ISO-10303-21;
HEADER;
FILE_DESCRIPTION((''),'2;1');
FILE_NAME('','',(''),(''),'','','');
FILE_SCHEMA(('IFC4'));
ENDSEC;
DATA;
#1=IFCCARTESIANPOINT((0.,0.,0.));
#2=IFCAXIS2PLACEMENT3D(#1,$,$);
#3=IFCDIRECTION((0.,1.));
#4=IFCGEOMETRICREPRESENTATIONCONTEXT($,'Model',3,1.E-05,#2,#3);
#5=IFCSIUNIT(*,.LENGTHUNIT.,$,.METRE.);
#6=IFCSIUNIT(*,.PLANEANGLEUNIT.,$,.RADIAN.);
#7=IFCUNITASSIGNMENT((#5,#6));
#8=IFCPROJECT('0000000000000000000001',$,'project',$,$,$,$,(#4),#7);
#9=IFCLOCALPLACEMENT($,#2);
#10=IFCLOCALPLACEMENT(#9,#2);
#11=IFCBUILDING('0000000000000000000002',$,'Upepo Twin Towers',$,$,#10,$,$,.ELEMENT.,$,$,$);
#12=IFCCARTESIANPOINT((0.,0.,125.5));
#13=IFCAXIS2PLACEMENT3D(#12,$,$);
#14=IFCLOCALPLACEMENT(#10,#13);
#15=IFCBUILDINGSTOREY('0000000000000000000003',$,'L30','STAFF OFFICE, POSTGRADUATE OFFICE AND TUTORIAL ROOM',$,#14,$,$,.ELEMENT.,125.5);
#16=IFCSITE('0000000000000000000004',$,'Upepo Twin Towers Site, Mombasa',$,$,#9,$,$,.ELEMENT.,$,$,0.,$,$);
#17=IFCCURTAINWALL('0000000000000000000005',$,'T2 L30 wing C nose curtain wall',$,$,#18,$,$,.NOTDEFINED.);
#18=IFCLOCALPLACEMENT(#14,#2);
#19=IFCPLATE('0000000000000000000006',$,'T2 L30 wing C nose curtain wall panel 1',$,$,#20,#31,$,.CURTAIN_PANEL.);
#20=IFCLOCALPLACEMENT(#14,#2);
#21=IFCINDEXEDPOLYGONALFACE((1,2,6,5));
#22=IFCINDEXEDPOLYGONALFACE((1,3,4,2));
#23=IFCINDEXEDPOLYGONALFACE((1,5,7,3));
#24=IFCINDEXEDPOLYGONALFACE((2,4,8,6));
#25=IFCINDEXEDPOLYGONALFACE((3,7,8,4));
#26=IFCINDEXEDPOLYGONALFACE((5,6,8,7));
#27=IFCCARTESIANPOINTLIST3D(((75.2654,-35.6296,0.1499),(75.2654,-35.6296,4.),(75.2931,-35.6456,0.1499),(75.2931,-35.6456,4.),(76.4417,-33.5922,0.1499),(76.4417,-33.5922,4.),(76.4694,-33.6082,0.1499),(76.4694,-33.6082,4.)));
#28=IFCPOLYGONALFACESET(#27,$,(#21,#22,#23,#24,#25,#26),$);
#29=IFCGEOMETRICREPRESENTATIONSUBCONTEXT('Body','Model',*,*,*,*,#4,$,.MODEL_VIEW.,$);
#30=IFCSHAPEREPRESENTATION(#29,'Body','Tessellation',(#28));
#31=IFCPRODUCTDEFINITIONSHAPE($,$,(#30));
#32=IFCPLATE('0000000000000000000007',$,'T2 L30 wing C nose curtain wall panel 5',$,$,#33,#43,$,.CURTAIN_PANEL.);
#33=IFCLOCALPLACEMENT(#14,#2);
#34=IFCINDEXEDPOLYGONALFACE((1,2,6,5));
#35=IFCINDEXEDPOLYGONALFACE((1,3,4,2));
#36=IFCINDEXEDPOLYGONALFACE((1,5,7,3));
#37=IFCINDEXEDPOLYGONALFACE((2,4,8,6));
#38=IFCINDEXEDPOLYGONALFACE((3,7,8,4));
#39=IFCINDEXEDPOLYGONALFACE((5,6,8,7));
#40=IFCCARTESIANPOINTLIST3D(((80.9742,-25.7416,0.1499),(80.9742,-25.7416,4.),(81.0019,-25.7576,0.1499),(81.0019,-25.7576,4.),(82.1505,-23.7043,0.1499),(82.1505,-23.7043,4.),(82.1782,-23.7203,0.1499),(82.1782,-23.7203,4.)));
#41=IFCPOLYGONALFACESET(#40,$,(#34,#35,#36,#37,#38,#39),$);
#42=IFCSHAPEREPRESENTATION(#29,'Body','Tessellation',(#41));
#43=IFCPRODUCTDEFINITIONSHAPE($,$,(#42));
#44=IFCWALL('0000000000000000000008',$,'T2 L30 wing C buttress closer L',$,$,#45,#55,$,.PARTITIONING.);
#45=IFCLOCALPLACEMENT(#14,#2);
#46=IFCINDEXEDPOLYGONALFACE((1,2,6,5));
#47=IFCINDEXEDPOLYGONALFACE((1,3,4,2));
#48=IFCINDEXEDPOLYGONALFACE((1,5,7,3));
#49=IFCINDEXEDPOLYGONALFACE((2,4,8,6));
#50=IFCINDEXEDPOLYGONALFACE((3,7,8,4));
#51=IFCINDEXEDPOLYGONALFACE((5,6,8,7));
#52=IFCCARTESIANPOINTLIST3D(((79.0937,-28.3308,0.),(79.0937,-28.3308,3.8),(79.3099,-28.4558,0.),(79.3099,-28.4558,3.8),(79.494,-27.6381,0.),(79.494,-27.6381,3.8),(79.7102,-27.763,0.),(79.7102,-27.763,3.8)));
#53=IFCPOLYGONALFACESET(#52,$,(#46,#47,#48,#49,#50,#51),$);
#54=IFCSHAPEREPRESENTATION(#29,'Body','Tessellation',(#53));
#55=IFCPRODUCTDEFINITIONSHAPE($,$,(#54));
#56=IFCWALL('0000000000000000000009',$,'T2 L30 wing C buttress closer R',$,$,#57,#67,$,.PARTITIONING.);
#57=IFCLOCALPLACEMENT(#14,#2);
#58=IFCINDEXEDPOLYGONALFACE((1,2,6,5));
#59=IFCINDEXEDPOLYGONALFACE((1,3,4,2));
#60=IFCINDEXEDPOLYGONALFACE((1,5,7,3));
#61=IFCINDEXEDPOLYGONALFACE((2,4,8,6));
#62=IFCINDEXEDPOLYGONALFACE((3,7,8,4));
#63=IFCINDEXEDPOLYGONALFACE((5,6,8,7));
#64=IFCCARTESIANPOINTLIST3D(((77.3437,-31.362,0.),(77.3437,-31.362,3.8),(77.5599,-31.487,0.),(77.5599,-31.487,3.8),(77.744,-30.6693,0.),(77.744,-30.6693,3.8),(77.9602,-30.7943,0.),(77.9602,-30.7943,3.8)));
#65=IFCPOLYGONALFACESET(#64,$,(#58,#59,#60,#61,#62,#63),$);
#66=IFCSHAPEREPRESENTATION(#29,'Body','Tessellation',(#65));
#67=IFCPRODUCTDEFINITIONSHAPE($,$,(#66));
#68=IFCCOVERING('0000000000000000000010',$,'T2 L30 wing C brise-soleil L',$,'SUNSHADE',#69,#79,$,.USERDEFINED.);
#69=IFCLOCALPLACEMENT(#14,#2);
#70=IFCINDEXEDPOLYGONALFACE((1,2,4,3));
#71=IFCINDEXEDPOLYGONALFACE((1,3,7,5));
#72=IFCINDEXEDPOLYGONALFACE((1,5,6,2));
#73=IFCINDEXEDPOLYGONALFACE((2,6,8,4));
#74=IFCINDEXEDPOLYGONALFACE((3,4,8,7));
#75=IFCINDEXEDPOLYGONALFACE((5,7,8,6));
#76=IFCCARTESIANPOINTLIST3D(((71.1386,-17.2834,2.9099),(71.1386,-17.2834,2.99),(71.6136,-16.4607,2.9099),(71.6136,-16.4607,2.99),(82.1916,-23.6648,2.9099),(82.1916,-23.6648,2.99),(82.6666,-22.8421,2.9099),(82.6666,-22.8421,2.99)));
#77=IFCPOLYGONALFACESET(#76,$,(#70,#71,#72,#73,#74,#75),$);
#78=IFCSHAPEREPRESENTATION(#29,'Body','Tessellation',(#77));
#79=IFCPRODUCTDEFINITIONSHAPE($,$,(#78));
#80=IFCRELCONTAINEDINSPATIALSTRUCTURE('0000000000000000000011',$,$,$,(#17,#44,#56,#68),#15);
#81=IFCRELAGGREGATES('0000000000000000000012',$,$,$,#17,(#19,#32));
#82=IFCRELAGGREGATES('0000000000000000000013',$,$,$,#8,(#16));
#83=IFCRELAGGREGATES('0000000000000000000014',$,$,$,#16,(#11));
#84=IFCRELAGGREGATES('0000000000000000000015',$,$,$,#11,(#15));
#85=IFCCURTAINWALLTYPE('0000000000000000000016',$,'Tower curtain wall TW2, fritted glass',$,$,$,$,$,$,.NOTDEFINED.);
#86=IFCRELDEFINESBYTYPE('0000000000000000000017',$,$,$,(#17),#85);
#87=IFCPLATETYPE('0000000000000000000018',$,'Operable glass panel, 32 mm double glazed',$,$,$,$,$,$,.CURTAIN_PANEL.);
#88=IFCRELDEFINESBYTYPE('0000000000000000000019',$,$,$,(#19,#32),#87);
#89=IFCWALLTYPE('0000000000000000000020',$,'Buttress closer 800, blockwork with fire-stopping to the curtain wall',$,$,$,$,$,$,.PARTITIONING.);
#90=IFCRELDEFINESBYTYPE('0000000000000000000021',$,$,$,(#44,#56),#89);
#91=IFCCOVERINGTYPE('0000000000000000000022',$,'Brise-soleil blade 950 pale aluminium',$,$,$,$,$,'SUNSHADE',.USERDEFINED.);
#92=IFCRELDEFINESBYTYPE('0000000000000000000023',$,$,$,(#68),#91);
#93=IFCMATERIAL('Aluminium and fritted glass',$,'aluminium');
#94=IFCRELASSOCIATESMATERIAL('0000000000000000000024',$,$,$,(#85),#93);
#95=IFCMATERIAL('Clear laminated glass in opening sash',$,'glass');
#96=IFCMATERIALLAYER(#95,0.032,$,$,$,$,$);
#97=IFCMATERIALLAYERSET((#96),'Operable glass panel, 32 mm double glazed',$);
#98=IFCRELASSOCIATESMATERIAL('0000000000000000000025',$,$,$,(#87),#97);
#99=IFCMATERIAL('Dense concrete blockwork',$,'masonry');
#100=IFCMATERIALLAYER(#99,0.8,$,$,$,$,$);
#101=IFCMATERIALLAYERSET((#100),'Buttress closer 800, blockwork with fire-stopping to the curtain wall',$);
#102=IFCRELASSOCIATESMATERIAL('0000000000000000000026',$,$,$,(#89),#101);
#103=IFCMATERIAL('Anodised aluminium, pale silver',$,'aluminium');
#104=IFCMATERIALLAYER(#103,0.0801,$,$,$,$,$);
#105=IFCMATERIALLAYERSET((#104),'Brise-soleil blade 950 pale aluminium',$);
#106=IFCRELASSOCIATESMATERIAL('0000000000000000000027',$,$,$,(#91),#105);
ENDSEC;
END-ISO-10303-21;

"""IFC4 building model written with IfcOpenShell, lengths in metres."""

from ifc_helpers import new_model, si_unit, direction, frame, frame_2d, origin, origin_2d, place, context, subcontext, project, spatial, rectangle, extrude, material, layer, layer_set, type_object, element, aggregate, save


model = new_model("IFC4")

# Units and contexts
model_context = context("Model", 3, precision=1e-05, world=origin(), true_north=direction((0.0, 1.0)))
body_context = subcontext(model_context, "Body", "Model", "MODEL_VIEW")
ifc_project = project(units=[si_unit("LENGTHUNIT", "METRE"), si_unit("PLANEANGLEUNIT", "RADIAN")], contexts=[model_context])

# Site, building, storey
site_placement = place(None, origin())
site = spatial("IfcSite", under=ifc_project, at=site_placement, Name="Upepo Twin Towers Site, Mombasa", CompositionType="ELEMENT", RefElevation=0.0)
building_placement = place(site_placement, origin())
building = spatial("IfcBuilding", under=site, at=building_placement, Name="Upepo Twin Towers", CompositionType="ELEMENT")
storey_placement = place(building_placement, frame((0.0, 0.0, 125.5)))
storey = spatial("IfcBuildingStorey", under=building, at=storey_placement, Name="L30", Description="STAFF OFFICE, POSTGRADUATE OFFICE AND TUTORIAL ROOM", CompositionType="ELEMENT", Elevation=125.5)

# Shared definitions
ifc_material_1 = material(Name="Aluminium and fritted glass", Category="aluminium")
curtain_wall_type = type_object("IfcCurtainWallType", Name="Tower curtain wall TW2, fritted glass", PredefinedType="NOTDEFINED", material=ifc_material_1)

# Curtain wall
curtain_wall_1_placement = place(storey_placement, origin())
curtain_wall_1 = element("IfcCurtainWall", 1, at=curtain_wall_1_placement, inside=storey, type_object=curtain_wall_type, Name="T2 L30 wing C nose curtain wall", PredefinedType="NOTDEFINED")

# Plates
ifc_material_2 = material(Name="Clear laminated glass in opening sash", Category="glass")
ifc_layer_1 = layer(ifc_material_2, 0.032)
ifc_layer_set_1 = layer_set([ifc_layer_1], Name="Operable glass panel, 32 mm double glazed")
plate_type_1 = type_object("IfcPlateType", Name="Operable glass panel, 32 mm double glazed", PredefinedType="CURTAIN_PANEL", material=ifc_layer_set_1)
plate_1_placement = place(storey_placement, frame((75.8674, -34.6189, 0.1499), z_axis=(0.0, 0.0, 1.0), x_axis=(0.5, 0.866025, 0.0)))
plate_1 = element("IfcPlate", 2, at=plate_1_placement, type_object=plate_type_1, Name="T2 L30 wing C nose curtain wall panel 1", PredefinedType="CURTAIN_PANEL", context=body_context, shape_type="SweptSolid", body=[
    extrude(rectangle(XDim=2.3525, YDim=0.032, at=origin_2d()), origin(), (0.0, 0.0, 1.0), 3.8501),
])
plate_2_placement = place(storey_placement, frame((81.5762, -24.731, 0.1499), z_axis=(0.0, 0.0, 1.0), x_axis=(0.5, 0.866025, 0.0)))
plate_2 = element("IfcPlate", 3, at=plate_2_placement, type_object=plate_type_1, Name="T2 L30 wing C nose curtain wall panel 5", PredefinedType="CURTAIN_PANEL", context=body_context, shape_type="SweptSolid", body=[
    extrude(rectangle(XDim=2.3525, YDim=0.032, at=origin_2d()), origin(), (0.0, 0.0, 1.0), 3.8501),
])
aggregate(curtain_wall_1, [plate_1, plate_2])

# Walls
ifc_material_3 = material(Name="Dense concrete blockwork", Category="masonry")
ifc_layer_2 = layer(ifc_material_3, 0.8)
ifc_layer_set_2 = layer_set([ifc_layer_2], Name="Buttress closer 800, blockwork with fire-stopping to the curtain wall")
wall_type = type_object("IfcWallType", Name="Buttress closer 800, blockwork with fire-stopping to the curtain wall", PredefinedType="PARTITIONING", material=ifc_layer_set_2)
for number, where, z_axis, x_axis, name in (
    (4, (79.2937, -27.9844, 0.0), (0.0, 0.0, 1.0), (0.865827, -0.500343, 0.0), "T2 L30 wing C buttress closer L"),
    (5, (77.5437, -31.0156, 0.0), (0.0, 0.0, 1.0), (0.865827, -0.500343, 0.0), "T2 L30 wing C buttress closer R"),
):
    element("IfcWall", number, at=place(storey_placement, frame(where, z_axis=z_axis, x_axis=x_axis)), inside=storey, type_object=wall_type, Name=name, PredefinedType="PARTITIONING", context=body_context, shape_type="SweptSolid", body=[
        extrude(rectangle(XDim=0.2498, YDim=0.8, at=frame_2d((0.125, 0.0))), origin(), (0.0, 0.0, 1.0), 3.8),
    ])

# Covering
ifc_material_4 = material(Name="Anodised aluminium, pale silver", Category="aluminium")
ifc_layer_3 = layer(ifc_material_4, 0.0801)
ifc_layer_set_3 = layer_set([ifc_layer_3], Name="Brise-soleil blade 950 pale aluminium")
covering_type = type_object("IfcCoveringType", Name="Brise-soleil blade 950 pale aluminium", ElementType="SUNSHADE", PredefinedType="USERDEFINED", material=ifc_layer_set_3)
covering_placement = place(storey_placement, frame((76.9026, -20.0627, 2.9099), z_axis=(0.0, 0.0, 1.0), x_axis=(0.866025, -0.5, 0.0)))
element("IfcCovering", 6, at=covering_placement, inside=storey, type_object=covering_type, Name="T2 L30 wing C brise-soleil L", ObjectType="SUNSHADE", PredefinedType="USERDEFINED", context=body_context, shape_type="SweptSolid", body=[
    extrude(rectangle(XDim=12.7629, YDim=0.95, at=origin_2d()), origin(), (0.0, 0.0, 1.0), 0.0801),
])

save(model, "model.ifc")
